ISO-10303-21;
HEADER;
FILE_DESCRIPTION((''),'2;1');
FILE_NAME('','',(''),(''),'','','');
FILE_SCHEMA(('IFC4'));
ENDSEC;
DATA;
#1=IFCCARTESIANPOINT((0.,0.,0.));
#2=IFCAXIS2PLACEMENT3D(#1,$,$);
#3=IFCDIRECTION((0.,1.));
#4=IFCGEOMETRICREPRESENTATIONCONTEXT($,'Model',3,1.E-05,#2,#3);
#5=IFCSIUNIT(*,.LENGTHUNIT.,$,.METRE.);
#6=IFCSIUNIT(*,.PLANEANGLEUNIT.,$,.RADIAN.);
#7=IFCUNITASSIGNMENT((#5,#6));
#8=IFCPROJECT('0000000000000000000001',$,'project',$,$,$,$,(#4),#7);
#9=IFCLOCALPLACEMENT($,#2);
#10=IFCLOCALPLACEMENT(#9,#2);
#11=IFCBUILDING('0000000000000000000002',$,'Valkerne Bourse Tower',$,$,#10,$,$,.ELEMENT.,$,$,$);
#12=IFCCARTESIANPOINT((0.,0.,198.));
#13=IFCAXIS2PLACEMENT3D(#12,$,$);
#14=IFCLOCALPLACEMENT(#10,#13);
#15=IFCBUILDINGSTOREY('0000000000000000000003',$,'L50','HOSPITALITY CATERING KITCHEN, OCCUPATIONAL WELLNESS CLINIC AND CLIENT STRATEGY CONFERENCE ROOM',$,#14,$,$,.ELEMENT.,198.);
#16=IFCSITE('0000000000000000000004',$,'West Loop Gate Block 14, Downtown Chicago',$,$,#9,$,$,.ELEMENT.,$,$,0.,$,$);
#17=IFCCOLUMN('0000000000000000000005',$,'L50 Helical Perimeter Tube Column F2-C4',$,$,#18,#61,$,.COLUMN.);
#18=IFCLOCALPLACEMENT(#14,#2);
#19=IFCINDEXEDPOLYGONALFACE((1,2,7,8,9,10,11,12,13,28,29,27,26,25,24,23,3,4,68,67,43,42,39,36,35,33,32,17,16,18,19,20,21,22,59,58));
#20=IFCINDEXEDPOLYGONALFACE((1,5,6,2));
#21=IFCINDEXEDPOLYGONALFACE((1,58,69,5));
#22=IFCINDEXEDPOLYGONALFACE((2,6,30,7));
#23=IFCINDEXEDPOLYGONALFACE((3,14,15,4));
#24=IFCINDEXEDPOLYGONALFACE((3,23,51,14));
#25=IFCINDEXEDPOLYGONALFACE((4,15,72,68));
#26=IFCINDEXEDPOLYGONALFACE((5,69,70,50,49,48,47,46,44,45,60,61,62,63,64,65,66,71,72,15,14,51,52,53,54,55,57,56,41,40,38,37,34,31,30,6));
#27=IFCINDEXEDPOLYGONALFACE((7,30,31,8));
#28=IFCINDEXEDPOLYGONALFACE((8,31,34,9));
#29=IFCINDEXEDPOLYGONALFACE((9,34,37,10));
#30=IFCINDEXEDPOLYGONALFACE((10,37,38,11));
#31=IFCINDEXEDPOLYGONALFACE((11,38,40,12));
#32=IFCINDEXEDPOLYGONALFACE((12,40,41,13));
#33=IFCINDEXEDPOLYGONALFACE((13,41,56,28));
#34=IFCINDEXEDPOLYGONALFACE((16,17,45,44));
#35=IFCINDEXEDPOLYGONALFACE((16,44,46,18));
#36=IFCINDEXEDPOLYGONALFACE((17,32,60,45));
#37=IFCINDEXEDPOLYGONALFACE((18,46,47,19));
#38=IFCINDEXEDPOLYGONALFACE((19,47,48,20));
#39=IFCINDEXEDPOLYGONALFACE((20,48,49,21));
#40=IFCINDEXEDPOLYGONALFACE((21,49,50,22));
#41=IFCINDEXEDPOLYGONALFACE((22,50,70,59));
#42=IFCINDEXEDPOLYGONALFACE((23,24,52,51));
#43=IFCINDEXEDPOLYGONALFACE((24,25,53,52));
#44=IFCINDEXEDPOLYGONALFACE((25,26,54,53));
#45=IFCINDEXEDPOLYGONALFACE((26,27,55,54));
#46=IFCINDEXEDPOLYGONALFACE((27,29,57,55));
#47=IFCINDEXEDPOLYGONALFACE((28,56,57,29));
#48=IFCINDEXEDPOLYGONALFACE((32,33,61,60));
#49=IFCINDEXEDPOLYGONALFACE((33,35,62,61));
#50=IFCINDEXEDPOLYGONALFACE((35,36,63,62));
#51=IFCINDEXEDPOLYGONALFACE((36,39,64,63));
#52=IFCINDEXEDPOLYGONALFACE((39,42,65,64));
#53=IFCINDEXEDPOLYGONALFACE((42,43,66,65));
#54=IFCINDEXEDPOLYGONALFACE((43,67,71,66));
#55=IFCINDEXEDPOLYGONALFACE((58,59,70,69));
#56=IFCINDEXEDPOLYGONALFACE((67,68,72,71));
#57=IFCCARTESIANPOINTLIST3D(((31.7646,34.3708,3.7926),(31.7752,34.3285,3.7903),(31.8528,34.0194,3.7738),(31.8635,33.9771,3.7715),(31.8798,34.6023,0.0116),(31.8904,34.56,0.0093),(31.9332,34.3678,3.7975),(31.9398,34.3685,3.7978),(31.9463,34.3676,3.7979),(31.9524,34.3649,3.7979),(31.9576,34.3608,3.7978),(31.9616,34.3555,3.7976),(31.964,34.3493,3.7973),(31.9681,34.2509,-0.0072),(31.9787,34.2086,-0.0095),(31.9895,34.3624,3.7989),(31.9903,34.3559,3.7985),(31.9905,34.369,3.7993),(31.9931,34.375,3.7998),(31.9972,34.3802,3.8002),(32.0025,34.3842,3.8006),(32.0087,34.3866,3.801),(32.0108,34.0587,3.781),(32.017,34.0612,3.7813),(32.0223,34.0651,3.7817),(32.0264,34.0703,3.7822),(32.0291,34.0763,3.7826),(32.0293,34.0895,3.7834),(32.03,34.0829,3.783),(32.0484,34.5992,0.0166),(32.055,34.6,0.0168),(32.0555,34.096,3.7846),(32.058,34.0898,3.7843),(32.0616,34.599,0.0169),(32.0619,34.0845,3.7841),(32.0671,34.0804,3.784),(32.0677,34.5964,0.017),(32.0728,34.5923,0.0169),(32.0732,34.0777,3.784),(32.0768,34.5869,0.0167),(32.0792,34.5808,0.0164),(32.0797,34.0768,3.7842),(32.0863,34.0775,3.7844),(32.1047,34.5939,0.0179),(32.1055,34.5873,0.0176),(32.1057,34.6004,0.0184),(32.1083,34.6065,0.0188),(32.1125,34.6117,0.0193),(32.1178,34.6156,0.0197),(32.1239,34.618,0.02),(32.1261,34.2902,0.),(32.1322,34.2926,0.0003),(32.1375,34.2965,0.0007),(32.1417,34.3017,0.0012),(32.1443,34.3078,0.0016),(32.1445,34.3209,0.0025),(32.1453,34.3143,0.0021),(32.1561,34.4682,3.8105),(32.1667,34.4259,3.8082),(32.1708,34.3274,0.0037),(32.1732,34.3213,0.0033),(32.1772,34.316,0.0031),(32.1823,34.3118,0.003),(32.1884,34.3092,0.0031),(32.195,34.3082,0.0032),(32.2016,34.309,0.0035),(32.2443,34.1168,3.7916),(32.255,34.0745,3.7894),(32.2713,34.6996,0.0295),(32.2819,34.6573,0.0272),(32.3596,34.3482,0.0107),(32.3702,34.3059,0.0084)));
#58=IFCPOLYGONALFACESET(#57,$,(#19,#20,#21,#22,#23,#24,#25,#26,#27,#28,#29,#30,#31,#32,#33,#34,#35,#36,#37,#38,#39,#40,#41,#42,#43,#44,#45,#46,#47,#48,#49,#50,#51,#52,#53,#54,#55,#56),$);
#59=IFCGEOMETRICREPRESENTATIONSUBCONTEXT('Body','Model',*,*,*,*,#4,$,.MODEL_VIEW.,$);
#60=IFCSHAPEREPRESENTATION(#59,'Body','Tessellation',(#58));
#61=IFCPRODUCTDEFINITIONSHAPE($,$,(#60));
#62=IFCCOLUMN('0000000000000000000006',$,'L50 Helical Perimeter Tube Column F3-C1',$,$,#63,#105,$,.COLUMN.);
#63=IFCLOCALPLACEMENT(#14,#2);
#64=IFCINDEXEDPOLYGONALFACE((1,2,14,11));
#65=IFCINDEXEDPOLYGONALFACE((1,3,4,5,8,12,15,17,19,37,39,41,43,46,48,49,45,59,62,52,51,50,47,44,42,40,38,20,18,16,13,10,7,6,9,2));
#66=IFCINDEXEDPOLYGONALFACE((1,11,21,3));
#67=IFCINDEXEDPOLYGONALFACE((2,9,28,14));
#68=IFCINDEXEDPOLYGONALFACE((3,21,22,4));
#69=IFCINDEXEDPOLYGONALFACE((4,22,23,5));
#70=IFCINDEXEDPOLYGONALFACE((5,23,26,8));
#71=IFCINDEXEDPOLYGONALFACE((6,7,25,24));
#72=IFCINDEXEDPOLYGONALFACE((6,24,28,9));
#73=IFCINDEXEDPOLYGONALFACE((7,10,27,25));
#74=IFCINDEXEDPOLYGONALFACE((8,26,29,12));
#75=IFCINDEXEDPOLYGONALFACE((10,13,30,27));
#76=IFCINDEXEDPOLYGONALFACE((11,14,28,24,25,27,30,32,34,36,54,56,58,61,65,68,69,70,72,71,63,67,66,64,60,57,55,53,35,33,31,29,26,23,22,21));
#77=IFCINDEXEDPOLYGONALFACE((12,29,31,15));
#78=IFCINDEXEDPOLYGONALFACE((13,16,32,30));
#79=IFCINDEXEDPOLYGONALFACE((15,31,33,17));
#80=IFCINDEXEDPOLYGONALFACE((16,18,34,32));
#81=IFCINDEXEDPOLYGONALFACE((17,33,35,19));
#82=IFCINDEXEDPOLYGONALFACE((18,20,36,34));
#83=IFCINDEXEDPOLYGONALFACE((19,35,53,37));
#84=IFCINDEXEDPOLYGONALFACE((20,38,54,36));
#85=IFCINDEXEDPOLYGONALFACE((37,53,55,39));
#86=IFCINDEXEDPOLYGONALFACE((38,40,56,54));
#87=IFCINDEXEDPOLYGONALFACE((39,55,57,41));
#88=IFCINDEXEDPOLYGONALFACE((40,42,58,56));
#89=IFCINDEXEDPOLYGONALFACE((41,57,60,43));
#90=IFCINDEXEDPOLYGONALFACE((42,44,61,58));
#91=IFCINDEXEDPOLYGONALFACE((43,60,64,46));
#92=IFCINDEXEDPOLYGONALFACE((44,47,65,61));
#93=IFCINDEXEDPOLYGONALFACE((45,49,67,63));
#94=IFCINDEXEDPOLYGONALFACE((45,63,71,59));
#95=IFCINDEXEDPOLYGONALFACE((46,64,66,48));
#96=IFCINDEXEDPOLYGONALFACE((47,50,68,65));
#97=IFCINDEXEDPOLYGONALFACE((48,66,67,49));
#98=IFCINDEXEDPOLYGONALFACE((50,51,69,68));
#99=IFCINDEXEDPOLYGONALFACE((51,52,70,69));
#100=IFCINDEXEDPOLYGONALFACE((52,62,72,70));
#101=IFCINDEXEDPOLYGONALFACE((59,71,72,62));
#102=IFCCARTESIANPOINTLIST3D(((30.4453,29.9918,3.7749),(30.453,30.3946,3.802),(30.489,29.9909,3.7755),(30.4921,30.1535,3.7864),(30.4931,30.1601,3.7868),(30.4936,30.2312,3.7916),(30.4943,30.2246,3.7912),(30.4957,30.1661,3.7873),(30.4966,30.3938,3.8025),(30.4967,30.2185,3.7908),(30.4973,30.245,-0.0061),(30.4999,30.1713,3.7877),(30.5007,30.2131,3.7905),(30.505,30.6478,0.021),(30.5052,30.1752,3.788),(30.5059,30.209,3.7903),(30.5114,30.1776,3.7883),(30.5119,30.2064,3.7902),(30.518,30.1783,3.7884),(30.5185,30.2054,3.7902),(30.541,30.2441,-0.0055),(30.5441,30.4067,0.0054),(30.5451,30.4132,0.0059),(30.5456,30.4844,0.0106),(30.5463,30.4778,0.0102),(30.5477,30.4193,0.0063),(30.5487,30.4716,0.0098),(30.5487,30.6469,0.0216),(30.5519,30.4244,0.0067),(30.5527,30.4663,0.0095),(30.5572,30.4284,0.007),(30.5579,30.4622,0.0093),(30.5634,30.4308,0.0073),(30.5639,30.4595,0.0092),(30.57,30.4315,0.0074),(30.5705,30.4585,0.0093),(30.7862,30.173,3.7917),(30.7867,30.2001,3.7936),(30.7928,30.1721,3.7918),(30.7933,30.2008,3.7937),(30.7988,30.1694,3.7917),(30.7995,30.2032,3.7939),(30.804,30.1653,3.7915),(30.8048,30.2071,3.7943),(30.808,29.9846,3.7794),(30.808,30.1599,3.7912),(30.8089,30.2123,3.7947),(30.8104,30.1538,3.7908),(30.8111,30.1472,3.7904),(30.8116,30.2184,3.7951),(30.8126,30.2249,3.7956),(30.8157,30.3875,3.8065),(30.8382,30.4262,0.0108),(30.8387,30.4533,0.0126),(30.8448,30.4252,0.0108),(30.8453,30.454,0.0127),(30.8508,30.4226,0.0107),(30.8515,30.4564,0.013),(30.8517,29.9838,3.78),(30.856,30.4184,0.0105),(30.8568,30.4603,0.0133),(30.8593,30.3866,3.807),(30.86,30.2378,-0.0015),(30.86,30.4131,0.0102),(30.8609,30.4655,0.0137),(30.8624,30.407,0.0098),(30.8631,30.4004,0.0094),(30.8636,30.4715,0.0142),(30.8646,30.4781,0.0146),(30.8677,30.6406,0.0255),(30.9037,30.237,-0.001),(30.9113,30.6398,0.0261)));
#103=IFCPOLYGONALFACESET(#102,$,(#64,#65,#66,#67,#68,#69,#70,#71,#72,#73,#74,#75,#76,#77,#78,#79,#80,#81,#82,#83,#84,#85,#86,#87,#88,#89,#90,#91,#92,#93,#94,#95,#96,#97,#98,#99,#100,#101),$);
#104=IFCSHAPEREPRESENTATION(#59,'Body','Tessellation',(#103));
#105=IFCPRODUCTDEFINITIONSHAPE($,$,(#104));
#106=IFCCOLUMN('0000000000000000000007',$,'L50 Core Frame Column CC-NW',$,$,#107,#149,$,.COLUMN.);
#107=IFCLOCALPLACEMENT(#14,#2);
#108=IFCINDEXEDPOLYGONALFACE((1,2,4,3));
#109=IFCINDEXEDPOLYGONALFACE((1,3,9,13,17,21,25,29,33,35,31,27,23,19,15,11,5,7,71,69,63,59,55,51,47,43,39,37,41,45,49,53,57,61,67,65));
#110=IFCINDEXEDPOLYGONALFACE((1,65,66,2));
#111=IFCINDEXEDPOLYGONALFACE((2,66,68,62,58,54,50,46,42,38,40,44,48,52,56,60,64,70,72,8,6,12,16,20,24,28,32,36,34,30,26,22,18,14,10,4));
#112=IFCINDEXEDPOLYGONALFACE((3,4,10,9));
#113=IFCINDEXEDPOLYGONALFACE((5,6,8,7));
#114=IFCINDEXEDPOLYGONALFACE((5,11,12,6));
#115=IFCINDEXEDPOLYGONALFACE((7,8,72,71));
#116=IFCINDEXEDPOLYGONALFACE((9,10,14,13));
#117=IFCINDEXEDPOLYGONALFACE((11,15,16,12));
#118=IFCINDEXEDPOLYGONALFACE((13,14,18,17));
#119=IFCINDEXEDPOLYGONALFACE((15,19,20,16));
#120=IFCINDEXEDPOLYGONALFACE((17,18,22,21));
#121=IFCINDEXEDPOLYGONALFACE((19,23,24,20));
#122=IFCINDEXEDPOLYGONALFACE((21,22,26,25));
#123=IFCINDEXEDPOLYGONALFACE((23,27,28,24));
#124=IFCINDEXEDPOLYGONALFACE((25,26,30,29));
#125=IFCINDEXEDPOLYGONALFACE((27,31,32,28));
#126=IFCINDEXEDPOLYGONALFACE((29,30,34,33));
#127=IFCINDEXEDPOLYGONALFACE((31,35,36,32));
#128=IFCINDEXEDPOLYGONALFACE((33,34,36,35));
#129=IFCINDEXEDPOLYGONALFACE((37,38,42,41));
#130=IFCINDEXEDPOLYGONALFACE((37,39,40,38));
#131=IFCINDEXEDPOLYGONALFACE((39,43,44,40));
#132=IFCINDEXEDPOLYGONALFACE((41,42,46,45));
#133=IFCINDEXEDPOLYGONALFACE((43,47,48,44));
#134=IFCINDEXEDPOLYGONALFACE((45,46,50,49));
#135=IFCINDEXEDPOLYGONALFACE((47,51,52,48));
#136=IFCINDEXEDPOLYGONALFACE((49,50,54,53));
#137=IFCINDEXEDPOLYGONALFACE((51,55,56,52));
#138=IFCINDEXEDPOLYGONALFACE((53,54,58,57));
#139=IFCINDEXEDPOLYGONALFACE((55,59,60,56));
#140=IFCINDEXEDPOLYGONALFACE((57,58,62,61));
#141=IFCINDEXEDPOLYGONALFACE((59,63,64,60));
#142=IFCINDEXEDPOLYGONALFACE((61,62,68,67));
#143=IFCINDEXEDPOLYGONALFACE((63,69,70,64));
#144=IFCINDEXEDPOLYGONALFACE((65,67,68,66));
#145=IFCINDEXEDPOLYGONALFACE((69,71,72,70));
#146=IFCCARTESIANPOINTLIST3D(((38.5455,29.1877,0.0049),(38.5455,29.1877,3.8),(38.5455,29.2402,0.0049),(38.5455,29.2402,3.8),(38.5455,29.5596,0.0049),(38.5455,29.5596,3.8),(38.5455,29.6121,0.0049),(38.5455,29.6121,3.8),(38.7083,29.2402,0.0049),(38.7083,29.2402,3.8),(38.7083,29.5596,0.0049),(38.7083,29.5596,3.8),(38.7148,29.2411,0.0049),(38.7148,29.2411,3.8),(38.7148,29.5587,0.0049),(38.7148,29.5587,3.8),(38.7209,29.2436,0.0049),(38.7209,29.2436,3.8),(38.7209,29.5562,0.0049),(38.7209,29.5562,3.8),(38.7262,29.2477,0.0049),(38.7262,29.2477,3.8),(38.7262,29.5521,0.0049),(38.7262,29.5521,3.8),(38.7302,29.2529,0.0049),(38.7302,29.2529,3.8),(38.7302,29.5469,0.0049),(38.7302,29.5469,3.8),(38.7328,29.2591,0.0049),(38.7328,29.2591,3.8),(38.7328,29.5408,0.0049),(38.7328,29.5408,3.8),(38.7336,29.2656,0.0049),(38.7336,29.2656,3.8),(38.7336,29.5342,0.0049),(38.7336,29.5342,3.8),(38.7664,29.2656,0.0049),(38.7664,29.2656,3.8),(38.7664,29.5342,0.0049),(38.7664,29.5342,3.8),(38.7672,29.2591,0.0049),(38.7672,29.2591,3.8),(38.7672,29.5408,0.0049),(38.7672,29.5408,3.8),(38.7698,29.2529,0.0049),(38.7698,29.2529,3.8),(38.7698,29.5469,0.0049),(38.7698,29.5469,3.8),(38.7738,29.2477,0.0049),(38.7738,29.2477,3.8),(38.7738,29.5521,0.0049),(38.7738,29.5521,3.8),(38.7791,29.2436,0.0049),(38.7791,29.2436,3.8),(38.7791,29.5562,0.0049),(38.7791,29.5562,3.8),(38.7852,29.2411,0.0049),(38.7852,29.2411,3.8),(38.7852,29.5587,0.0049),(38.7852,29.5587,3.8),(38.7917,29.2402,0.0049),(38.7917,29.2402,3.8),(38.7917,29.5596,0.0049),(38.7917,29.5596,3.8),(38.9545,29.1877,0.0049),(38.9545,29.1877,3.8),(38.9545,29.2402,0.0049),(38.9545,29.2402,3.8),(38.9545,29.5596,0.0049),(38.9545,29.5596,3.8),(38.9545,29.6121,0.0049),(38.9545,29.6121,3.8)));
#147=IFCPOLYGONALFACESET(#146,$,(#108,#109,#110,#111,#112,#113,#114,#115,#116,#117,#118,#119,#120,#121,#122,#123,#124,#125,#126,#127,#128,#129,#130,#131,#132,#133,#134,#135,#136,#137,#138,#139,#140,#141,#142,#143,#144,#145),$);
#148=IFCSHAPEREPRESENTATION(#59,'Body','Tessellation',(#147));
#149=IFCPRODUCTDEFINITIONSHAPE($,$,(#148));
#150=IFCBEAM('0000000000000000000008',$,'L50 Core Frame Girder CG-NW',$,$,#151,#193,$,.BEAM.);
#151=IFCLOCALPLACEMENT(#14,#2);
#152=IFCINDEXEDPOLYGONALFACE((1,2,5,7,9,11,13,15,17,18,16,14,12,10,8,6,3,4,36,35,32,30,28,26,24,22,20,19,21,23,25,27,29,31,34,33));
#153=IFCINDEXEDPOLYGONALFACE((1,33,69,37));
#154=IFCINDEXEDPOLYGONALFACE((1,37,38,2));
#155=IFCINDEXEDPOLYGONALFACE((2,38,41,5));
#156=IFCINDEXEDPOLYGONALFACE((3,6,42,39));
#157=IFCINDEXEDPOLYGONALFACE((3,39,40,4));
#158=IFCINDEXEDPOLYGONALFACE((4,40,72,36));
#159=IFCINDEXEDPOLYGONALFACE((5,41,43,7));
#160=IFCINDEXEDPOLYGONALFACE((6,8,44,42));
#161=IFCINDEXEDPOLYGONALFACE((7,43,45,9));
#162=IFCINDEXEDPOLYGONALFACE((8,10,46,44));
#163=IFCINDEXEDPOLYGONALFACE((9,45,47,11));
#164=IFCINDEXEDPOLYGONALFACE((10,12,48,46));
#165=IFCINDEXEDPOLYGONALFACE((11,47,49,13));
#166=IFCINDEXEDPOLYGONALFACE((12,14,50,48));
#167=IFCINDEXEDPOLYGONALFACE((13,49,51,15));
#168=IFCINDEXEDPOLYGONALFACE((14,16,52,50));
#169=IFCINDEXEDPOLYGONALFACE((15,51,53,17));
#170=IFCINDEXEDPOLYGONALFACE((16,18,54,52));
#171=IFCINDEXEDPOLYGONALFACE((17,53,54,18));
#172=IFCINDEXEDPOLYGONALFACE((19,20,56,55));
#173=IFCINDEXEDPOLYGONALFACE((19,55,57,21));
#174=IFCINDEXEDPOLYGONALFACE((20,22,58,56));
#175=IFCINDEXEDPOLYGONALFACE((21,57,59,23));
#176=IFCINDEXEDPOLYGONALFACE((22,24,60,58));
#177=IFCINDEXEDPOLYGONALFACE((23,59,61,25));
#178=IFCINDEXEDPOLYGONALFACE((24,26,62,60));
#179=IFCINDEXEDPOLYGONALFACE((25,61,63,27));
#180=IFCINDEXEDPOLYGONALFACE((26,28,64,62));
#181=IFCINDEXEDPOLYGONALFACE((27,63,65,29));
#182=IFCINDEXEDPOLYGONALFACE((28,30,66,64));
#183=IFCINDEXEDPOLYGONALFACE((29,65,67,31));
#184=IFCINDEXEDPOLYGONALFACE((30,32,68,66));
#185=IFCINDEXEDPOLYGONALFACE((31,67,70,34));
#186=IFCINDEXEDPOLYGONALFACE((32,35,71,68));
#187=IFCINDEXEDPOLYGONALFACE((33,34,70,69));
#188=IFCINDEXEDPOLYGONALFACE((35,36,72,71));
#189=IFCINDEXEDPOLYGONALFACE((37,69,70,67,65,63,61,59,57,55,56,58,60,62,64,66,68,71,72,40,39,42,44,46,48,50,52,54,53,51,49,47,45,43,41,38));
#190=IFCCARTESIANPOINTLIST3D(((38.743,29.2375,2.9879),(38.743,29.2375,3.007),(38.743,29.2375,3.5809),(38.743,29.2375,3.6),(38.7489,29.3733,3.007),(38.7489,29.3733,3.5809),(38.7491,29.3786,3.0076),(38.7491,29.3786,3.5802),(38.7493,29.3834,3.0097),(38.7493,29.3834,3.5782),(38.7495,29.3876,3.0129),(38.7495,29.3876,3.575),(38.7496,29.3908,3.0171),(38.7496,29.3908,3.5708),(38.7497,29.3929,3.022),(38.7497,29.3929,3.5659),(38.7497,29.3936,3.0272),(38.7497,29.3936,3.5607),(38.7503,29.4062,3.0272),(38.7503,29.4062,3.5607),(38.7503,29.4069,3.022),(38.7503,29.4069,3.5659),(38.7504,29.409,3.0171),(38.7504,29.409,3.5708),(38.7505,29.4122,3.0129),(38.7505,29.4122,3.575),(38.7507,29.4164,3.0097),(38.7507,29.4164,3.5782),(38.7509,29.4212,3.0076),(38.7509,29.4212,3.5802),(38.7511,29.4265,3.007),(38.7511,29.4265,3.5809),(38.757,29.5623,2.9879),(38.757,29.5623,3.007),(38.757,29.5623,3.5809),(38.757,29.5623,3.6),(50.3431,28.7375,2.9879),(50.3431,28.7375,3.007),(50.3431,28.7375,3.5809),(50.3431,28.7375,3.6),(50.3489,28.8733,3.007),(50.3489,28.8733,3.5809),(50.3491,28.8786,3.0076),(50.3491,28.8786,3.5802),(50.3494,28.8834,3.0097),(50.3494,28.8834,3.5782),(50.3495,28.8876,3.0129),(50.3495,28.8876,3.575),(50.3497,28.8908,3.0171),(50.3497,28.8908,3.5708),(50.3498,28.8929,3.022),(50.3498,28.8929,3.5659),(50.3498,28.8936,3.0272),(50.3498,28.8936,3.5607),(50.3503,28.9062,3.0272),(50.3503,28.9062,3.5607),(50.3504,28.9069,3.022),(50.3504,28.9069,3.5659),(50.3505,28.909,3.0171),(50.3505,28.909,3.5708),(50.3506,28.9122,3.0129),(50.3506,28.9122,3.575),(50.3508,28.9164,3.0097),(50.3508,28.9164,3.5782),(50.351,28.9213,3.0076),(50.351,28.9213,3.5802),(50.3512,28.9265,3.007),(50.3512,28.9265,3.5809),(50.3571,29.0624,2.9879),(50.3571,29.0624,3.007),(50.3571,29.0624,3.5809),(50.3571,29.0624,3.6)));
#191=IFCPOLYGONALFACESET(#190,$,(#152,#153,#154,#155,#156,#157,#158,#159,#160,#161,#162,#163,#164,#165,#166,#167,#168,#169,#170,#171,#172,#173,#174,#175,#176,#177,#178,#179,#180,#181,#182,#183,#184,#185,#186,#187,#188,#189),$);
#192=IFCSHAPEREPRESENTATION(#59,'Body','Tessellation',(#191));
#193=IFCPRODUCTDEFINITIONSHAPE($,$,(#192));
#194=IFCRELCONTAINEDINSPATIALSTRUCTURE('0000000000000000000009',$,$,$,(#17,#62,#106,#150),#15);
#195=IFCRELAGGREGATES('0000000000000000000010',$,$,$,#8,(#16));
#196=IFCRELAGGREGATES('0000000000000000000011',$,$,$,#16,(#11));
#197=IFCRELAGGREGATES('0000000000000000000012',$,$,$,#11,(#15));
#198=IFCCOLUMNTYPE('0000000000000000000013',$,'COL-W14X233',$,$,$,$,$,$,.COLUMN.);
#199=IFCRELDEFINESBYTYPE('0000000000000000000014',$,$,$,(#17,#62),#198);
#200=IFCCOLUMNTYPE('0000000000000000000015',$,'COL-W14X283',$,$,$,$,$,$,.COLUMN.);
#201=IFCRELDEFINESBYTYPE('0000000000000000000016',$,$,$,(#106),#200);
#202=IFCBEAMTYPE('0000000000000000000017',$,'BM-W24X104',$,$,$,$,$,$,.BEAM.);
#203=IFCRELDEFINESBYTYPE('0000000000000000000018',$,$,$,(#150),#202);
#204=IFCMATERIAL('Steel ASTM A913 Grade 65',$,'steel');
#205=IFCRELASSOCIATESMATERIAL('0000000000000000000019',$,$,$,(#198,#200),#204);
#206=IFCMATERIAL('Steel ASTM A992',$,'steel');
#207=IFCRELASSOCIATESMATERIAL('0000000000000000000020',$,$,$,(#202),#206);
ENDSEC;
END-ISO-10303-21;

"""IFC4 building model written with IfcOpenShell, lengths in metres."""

from ifc_helpers import new_model, si_unit, direction, frame, origin, origin_2d, place, context, subcontext, project, spatial, i_section, extrude, material, material_profile, profile_set, type_object, element, save


model = new_model("IFC4")

# Units and contexts
model_context = context("Model", 3, precision=1e-05, world=origin(), true_north=direction((0.0, 1.0)))
body_context = subcontext(model_context, "Body", "Model", "MODEL_VIEW")
ifc_project = project(units=[si_unit("LENGTHUNIT", "METRE"), si_unit("PLANEANGLEUNIT", "RADIAN")], contexts=[model_context])

# Site, building, storey
site_placement = place(None, origin())
site = spatial("IfcSite", under=ifc_project, at=site_placement, Name="West Loop Gate Block 14, Downtown Chicago", CompositionType="ELEMENT", RefElevation=0.0)
building_placement = place(site_placement, origin())
building = spatial("IfcBuilding", under=site, at=building_placement, Name="Valkerne Bourse Tower", CompositionType="ELEMENT")
storey_placement = place(building_placement, frame((0.0, 0.0, 198.0)))
storey = spatial("IfcBuildingStorey", under=building, at=storey_placement, Name="L50", Description="HOSPITALITY CATERING KITCHEN, OCCUPATIONAL WELLNESS CLINIC AND CLIENT STRATEGY CONFERENCE ROOM", CompositionType="ELEMENT", Elevation=198.0)

# Columns
ifc_material_1 = material(Name="Steel ASTM A913 Grade 65", Category="steel")
ifc_material_profile_1 = material_profile(ifc_material_1, i_section(OverallWidth=0.4038, OverallDepth=0.4065, WebThickness=0.0271, FlangeThickness=0.0437, FilletRadius=0.0254, at=origin_2d()), Name="W14X233")
ifc_profile_set_1 = profile_set([ifc_material_profile_1], Name="Steel ASTM A913 Grade 65")
column_type_1 = type_object("IfcColumnType", Name="COL-W14X233", PredefinedType="COLUMN", material=ifc_profile_set_1)
for number, where, z_axis, x_axis, name in (
    (1, (32.125, 34.4541, 0.01), (-0.030406, -0.06107, 0.99767), (-0.969487, -0.241105, -0.044306), "L50 Helical Perimeter Tube Column F2-C4"),
    (2, (30.7043, 30.4424, 0.01), (-0.013721, -0.066803, 0.997672), (-0.018861, -0.997571, -0.067056), "L50 Helical Perimeter Tube Column F3-C1"),
):
    element("IfcColumn", number, at=place(storey_placement, frame(where, z_axis=z_axis, x_axis=x_axis)), inside=storey, type_object=column_type_1, Name=name, PredefinedType="COLUMN", context=body_context, shape_type="SweptSolid", body=[
        extrude(i_section(OverallWidth=0.4038, OverallDepth=0.4065, WebThickness=0.0271, FlangeThickness=0.0437, FilletRadius=0.0254, at=origin_2d()), origin(), (0.0, 0.0, 1.0), 3.7898),
    ])
ifc_material_profile_2 = material_profile(ifc_material_1, i_section(OverallWidth=0.4089, OverallDepth=0.4243, WebThickness=0.0327, FlangeThickness=0.0525, FilletRadius=0.0254, at=origin_2d()), Name="W14X283")
ifc_profile_set_2 = profile_set([ifc_material_profile_2], Name="Steel ASTM A913 Grade 65")
column_type_2 = type_object("IfcColumnType", Name="COL-W14X283", PredefinedType="COLUMN", material=ifc_profile_set_2)
column_placement = place(storey_placement, frame((38.75, 29.3999, 0.0049), z_axis=(0.0, 0.0, 1.0), x_axis=(1.0, 0.0, 0.0)))
element("IfcColumn", 3, at=column_placement, inside=storey, type_object=column_type_2, Name="L50 Core Frame Column CC-NW", PredefinedType="COLUMN", context=body_context, shape_type="SweptSolid", body=[
    extrude(i_section(OverallWidth=0.4089, OverallDepth=0.4243, WebThickness=0.0327, FlangeThickness=0.0525, FilletRadius=0.0254, at=origin_2d()), origin(), (0.0, 0.0, 1.0), 3.7952),
])

# Beam
ifc_material_2 = material(Name="Steel ASTM A992", Category="steel")
ifc_material_profile_3 = material_profile(ifc_material_2, i_section(OverallWidth=0.3252, OverallDepth=0.6121, WebThickness=0.0127, FlangeThickness=0.019, FilletRadius=0.0203, at=origin_2d()), Name="W24X104")
ifc_profile_set_3 = profile_set([ifc_material_profile_3], Name="Steel ASTM A992")
beam_type_1 = type_object("IfcBeamType", Name="BM-W24X104", PredefinedType="BEAM", material=ifc_profile_set_3)
beam_1_placement = place(storey_placement, frame((38.75, 29.3999, 3.2939), z_axis=(0.999072, -0.043063, 0.0), x_axis=(0.043063, 0.999072, 0.0)))
element("IfcBeam", 4, at=beam_1_placement, inside=storey, type_object=beam_type_1, Name="L50 Core Frame Girder CG-NW", PredefinedType="BEAM", context=body_context, shape_type="SweptSolid", body=[
    extrude(i_section(OverallWidth=0.3252, OverallDepth=0.6121, WebThickness=0.0127, FlangeThickness=0.019, FilletRadius=0.0203, at=origin_2d()), origin(), (0.0, 0.0, 1.0), 11.6108),
])

save(model, "model.ifc")
